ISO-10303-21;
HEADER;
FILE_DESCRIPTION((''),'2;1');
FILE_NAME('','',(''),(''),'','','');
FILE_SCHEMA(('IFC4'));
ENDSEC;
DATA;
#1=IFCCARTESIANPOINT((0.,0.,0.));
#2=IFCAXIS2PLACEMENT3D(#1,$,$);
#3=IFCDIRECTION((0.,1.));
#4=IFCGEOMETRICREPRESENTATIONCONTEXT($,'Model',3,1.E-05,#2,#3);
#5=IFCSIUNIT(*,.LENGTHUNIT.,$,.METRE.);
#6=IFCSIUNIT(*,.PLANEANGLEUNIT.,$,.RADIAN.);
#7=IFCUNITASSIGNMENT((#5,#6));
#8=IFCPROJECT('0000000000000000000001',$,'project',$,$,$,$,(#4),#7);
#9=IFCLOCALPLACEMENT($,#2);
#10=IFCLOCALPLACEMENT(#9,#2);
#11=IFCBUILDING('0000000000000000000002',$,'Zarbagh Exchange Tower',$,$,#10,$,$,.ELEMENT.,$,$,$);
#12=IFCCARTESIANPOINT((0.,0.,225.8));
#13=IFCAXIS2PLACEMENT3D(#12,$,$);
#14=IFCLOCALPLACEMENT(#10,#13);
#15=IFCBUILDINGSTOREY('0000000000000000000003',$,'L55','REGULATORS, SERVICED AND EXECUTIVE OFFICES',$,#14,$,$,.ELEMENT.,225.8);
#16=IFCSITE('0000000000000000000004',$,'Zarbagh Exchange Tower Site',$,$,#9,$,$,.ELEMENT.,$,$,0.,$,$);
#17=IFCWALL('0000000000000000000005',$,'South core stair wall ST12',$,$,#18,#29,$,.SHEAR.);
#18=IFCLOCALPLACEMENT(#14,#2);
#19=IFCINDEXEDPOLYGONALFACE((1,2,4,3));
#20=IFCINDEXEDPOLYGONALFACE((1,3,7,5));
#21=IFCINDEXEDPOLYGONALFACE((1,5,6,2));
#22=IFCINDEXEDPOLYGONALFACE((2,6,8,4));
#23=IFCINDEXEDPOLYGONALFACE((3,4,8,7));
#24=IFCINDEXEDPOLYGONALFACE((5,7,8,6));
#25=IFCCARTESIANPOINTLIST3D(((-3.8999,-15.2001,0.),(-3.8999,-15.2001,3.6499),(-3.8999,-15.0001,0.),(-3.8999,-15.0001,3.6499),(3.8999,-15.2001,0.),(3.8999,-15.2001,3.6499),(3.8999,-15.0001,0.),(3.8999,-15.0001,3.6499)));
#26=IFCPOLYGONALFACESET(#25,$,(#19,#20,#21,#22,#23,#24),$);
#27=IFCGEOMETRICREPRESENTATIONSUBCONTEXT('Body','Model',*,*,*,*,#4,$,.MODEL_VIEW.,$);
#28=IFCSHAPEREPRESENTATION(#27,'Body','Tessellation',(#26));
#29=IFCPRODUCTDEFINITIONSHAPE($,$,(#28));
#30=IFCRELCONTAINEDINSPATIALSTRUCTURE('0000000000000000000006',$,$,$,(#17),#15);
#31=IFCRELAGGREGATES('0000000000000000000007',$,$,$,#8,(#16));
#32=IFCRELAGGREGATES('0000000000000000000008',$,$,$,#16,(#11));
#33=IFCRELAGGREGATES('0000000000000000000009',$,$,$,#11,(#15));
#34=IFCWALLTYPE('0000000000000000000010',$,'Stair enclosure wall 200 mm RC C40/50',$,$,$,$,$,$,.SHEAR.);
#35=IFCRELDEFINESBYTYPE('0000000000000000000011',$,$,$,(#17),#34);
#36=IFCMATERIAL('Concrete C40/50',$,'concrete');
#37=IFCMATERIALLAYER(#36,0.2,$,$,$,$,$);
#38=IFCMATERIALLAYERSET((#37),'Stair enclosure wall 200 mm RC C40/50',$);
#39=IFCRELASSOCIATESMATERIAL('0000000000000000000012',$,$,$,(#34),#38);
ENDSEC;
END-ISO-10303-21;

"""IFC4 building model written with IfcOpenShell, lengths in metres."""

from ifc_helpers import new_model, si_unit, direction, frame, frame_2d, origin, place, context, subcontext, project, spatial, rectangle, extrude, material, layer, layer_set, type_object, element, save


model = new_model("IFC4")

# Units and contexts
model_context = context("Model", 3, precision=1e-05, world=origin(), true_north=direction((0.0, 1.0)))
body_context = subcontext(model_context, "Body", "Model", "MODEL_VIEW")
ifc_project = project(units=[si_unit("LENGTHUNIT", "METRE"), si_unit("PLANEANGLEUNIT", "RADIAN")], contexts=[model_context])

# Site, building, storey
site_placement = place(None, origin())
site = spatial("IfcSite", under=ifc_project, at=site_placement, Name="Zarbagh Exchange Tower Site", CompositionType="ELEMENT", RefElevation=0.0)
building_placement = place(site_placement, origin())
building = spatial("IfcBuilding", under=site, at=building_placement, Name="Zarbagh Exchange Tower", CompositionType="ELEMENT")
storey_placement = place(building_placement, frame((0.0, 0.0, 225.8)))
storey = spatial("IfcBuildingStorey", under=building, at=storey_placement, Name="L55", Description="REGULATORS, SERVICED AND EXECUTIVE OFFICES", CompositionType="ELEMENT", Elevation=225.8)

# Wall
ifc_material_1 = material(Name="Concrete C40/50", Category="concrete")
ifc_layer_1 = layer(ifc_material_1, 0.2)
ifc_layer_set_1 = layer_set([ifc_layer_1], Name="Stair enclosure wall 200 mm RC C40/50")
wall_type_1 = type_object("IfcWallType", Name="Stair enclosure wall 200 mm RC C40/50", PredefinedType="SHEAR", material=ifc_layer_set_1)
wall_1_placement = place(storey_placement, frame((3.8999, -15.1001, 0.0), z_axis=(0.0, 0.0, 1.0), x_axis=(-1.0, 0.0, 0.0)))
element("IfcWall", 1, at=wall_1_placement, inside=storey, type_object=wall_type_1, Name="South core stair wall ST12", PredefinedType="SHEAR", context=body_context, shape_type="SweptSolid", body=[
    extrude(rectangle(XDim=7.7998, YDim=0.2, at=frame_2d((3.8999, 0.0))), origin(), (0.0, 0.0, 1.0), 3.6499),
])

save(model, "model.ifc")
